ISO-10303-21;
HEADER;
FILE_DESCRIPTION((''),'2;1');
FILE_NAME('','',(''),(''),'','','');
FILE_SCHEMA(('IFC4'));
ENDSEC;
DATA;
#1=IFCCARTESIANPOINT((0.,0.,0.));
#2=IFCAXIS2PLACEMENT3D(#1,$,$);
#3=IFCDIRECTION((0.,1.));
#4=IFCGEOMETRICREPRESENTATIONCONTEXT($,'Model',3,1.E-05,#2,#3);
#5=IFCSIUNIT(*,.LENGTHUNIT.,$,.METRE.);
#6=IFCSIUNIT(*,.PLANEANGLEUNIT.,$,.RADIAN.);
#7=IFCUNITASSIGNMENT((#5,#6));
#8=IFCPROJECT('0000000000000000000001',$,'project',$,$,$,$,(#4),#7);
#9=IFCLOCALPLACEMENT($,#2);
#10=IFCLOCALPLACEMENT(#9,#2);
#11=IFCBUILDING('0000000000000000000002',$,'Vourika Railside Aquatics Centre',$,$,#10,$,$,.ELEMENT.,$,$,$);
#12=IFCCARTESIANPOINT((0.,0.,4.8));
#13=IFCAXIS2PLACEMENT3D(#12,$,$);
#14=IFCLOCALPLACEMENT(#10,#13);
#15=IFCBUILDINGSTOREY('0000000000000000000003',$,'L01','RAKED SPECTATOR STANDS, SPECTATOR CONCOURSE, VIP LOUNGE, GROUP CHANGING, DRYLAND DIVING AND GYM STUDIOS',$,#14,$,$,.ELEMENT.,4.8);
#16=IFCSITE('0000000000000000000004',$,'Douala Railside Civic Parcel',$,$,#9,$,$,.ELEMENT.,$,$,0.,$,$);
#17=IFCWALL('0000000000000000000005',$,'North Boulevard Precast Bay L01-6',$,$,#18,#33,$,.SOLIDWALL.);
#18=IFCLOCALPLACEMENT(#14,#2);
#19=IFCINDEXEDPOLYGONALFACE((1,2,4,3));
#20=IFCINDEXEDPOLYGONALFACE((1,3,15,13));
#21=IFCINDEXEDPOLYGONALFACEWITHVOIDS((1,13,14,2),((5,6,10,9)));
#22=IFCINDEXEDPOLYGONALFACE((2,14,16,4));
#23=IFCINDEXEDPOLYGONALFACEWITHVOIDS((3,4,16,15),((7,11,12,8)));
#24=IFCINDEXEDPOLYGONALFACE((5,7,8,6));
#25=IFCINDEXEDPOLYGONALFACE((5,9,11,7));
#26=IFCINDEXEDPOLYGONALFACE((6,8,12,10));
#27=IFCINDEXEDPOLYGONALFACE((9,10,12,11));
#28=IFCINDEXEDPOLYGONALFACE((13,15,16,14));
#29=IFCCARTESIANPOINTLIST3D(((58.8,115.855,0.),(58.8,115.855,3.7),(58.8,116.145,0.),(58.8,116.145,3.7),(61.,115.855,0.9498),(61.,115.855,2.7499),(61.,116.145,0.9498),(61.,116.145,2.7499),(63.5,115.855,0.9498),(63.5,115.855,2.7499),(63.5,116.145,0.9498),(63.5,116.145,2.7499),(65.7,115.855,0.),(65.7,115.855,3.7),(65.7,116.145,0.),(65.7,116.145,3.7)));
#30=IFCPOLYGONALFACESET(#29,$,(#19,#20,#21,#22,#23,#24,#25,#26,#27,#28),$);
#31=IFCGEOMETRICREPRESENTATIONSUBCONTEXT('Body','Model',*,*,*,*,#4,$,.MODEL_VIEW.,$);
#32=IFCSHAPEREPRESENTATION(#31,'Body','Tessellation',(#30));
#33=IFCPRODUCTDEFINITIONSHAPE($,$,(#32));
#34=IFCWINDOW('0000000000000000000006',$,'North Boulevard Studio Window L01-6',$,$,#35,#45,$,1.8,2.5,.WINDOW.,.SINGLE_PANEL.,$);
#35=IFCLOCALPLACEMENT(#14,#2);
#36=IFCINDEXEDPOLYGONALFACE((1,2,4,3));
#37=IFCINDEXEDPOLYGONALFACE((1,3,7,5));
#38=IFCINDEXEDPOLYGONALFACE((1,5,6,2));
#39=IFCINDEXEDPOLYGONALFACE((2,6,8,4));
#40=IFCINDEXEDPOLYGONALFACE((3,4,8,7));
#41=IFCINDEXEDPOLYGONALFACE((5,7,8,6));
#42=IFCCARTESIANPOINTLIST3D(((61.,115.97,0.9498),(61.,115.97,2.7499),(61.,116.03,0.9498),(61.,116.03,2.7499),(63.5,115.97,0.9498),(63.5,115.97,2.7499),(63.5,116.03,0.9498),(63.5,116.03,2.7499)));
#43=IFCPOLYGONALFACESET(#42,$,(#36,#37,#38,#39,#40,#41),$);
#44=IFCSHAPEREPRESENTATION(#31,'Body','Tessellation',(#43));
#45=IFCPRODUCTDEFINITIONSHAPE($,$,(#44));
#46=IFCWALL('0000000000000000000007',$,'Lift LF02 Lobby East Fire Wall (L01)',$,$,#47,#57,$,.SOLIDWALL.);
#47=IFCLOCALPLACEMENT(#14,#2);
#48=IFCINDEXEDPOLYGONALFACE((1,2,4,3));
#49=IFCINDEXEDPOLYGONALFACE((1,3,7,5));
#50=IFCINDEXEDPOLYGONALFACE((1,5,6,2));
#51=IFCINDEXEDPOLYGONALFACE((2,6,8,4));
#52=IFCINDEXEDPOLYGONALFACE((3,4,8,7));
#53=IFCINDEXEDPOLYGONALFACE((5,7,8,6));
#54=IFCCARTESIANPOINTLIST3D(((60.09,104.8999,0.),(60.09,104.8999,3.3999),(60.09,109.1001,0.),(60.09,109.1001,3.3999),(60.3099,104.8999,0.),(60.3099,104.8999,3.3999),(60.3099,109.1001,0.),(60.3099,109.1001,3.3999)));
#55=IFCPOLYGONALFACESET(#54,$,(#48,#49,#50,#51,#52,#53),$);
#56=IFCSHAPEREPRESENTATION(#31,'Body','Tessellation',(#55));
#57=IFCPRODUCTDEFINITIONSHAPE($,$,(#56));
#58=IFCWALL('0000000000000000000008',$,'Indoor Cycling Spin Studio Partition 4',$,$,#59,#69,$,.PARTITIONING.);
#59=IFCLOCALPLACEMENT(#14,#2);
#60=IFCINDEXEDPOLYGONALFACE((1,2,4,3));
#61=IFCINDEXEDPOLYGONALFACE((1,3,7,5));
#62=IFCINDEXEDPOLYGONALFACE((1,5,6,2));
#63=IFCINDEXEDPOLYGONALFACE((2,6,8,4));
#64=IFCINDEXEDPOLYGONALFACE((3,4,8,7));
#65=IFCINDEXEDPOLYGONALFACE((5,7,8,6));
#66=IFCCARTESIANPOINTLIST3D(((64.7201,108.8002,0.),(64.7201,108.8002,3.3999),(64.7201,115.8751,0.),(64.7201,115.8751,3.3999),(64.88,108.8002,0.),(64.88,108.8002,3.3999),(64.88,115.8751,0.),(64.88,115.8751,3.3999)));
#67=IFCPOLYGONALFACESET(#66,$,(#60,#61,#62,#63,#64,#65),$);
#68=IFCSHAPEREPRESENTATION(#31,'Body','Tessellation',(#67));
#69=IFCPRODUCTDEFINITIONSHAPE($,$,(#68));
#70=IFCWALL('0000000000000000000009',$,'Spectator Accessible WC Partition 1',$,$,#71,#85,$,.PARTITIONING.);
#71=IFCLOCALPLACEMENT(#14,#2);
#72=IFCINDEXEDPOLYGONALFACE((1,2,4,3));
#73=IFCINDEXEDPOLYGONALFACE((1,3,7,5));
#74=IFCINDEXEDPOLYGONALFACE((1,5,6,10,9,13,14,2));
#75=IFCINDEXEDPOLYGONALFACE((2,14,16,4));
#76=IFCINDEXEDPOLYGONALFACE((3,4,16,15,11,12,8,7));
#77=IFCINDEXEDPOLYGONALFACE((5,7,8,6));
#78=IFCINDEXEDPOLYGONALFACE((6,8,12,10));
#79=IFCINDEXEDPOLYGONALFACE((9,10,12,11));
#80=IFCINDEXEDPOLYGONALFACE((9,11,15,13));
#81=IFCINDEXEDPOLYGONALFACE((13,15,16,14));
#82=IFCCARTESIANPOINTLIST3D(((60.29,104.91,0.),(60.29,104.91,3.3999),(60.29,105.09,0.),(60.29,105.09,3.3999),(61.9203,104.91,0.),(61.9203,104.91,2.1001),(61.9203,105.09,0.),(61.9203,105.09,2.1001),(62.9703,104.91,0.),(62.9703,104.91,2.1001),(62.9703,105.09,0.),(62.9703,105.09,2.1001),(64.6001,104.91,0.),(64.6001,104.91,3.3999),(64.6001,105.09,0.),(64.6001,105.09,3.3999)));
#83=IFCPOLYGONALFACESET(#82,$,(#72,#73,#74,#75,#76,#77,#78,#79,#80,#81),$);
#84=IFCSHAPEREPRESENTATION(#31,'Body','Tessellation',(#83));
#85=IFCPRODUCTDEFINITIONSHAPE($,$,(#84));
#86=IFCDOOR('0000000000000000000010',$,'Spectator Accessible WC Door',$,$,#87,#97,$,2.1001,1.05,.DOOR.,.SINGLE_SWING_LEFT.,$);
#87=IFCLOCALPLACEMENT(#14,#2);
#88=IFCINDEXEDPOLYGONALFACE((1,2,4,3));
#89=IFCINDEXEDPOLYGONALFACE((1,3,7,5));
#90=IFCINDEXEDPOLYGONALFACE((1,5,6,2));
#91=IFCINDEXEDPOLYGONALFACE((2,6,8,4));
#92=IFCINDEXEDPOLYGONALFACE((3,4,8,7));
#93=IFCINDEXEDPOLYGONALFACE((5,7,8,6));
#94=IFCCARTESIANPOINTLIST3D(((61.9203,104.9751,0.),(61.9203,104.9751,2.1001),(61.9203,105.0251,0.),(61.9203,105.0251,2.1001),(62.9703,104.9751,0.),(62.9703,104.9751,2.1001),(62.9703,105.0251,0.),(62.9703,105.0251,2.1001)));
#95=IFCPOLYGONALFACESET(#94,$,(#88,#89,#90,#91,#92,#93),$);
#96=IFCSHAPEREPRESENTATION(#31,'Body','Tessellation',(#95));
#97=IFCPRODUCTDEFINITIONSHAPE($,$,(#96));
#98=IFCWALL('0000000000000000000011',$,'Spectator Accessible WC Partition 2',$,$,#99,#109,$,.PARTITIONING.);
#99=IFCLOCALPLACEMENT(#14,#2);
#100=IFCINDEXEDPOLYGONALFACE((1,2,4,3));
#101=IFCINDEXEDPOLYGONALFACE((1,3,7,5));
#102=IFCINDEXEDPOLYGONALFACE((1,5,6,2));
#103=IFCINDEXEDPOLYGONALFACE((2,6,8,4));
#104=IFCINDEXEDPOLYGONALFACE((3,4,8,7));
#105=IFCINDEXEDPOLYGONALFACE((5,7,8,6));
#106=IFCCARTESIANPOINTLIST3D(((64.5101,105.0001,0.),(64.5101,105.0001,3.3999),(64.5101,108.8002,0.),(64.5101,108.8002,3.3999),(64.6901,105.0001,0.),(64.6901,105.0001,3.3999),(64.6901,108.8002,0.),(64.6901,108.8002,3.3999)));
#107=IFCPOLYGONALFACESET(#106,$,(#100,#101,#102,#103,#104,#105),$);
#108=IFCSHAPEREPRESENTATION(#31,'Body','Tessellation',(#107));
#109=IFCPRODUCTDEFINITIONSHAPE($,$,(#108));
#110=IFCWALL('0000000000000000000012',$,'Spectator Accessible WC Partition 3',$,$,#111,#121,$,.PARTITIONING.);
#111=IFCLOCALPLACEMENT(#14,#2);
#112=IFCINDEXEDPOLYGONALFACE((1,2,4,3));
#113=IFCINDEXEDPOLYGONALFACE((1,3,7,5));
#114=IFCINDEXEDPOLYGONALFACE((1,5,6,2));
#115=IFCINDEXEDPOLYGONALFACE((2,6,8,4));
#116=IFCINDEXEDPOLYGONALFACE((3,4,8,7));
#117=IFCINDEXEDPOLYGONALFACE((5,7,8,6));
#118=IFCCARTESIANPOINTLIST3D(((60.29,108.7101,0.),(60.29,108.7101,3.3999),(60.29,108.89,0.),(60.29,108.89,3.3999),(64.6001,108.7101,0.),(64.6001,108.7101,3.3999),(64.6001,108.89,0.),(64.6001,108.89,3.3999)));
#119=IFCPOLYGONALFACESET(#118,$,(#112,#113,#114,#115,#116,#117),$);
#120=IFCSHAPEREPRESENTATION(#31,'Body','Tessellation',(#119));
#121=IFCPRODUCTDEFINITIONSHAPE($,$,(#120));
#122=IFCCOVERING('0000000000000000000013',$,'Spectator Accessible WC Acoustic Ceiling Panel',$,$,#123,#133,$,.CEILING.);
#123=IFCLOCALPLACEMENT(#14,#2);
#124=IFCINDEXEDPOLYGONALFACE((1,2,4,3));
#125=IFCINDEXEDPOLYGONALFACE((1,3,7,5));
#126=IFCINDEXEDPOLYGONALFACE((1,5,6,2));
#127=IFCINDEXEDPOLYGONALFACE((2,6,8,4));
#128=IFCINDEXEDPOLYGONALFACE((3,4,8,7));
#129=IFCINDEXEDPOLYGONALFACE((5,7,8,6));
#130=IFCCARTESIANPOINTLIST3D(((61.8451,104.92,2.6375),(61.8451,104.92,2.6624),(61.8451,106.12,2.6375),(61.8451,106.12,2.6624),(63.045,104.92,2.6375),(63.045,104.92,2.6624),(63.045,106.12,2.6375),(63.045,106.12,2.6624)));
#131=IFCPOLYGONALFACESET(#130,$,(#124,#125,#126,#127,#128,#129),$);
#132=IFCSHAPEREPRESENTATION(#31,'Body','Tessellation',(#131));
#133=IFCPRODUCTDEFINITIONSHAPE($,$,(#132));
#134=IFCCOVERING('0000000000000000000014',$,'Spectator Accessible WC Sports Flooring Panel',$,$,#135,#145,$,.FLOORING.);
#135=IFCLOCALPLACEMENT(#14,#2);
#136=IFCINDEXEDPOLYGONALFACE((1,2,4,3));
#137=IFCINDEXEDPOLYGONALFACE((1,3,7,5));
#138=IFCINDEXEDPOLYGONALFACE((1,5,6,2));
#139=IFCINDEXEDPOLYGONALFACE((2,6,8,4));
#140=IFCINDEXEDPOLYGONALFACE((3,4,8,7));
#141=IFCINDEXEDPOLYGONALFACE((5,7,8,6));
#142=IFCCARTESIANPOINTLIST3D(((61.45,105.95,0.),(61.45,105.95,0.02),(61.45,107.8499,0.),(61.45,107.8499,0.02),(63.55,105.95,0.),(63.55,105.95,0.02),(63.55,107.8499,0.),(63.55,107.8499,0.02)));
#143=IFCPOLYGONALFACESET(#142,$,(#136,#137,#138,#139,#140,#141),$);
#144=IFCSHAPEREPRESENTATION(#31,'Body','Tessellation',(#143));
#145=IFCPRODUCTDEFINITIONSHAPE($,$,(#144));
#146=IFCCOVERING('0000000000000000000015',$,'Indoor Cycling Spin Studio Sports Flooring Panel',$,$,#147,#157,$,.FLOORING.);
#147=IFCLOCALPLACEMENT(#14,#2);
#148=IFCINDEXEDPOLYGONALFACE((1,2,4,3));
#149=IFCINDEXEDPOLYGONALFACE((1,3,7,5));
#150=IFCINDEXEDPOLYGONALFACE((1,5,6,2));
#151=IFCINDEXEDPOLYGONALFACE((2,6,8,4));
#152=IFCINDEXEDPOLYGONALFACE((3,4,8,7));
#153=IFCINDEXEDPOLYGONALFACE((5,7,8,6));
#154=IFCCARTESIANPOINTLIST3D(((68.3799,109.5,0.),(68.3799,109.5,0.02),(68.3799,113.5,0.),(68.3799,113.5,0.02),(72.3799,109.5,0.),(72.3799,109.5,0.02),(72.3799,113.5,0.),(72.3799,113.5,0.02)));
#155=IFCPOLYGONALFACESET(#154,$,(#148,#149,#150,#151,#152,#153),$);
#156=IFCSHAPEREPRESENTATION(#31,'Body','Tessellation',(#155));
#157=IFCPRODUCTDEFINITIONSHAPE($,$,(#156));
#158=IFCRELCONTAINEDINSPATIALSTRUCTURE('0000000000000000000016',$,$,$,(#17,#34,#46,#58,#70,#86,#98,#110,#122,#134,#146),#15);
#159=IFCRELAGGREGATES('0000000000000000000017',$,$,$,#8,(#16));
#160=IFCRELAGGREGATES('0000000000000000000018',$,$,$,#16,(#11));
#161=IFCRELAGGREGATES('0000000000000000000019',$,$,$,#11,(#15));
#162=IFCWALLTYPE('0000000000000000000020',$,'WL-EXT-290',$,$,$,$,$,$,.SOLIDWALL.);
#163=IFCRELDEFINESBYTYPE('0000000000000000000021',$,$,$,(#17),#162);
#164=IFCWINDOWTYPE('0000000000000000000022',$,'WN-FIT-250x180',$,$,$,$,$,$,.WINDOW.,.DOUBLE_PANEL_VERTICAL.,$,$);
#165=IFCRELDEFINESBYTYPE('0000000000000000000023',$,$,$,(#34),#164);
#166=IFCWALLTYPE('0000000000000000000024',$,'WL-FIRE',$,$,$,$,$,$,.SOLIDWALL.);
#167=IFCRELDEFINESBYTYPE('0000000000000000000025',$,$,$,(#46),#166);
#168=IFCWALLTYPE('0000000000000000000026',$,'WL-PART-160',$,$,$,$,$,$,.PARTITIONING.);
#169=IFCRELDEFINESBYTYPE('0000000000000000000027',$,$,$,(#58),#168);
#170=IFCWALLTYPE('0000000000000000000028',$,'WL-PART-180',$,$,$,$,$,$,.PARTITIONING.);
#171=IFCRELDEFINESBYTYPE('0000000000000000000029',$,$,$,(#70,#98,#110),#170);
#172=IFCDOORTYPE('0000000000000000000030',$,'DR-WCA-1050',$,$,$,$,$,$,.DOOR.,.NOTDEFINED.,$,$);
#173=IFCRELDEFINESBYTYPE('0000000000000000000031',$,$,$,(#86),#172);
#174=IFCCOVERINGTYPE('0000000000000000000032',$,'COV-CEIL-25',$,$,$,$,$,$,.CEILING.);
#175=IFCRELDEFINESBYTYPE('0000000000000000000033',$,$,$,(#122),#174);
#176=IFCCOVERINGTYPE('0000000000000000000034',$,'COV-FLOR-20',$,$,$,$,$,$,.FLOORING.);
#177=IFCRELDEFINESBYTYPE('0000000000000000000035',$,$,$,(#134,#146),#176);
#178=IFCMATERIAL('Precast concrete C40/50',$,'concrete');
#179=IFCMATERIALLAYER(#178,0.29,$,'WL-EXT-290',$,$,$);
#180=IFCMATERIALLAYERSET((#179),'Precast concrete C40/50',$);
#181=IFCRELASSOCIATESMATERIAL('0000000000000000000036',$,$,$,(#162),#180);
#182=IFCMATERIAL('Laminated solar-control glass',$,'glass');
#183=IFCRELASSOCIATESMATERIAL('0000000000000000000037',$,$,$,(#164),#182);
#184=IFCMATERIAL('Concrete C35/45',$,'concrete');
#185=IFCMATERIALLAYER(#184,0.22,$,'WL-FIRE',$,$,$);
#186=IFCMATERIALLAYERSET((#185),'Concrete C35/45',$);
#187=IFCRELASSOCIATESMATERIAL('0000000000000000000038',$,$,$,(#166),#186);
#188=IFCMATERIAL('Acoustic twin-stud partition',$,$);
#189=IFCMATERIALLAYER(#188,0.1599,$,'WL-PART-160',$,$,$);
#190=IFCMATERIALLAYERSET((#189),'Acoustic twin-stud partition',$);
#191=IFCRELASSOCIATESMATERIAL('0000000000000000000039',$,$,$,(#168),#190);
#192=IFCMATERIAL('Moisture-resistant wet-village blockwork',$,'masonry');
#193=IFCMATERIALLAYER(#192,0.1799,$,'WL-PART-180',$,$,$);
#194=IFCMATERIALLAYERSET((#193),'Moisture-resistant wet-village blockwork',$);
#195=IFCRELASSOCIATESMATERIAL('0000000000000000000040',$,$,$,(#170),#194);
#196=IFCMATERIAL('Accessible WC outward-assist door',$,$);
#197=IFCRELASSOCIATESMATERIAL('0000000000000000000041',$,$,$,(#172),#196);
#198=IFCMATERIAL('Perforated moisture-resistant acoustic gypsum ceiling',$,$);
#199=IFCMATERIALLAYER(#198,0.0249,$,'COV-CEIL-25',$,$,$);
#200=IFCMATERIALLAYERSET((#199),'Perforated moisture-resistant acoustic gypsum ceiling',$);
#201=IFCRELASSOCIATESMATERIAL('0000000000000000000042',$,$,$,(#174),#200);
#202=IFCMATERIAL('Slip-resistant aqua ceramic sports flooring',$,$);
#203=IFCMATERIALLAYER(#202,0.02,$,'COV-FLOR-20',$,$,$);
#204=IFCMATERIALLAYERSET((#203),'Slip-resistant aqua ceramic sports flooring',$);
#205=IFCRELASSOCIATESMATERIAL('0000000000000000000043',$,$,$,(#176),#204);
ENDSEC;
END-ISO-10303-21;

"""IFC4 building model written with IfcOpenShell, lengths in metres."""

from ifc_helpers import new_model, si_unit, direction, frame, frame_2d, origin, origin_2d, place, context, subcontext, project, spatial, rectangle, extrude, material, layer, layer_set, type_object, element, fill, save


model = new_model("IFC4")

# Units and contexts
model_context = context("Model", 3, precision=1e-05, world=origin(), true_north=direction((0.0, 1.0)))
body_context = subcontext(model_context, "Body", "Model", "MODEL_VIEW")
ifc_project = project(units=[si_unit("LENGTHUNIT", "METRE"), si_unit("PLANEANGLEUNIT", "RADIAN")], contexts=[model_context])

# Site, building, storey
site_placement = place(None, origin())
site = spatial("IfcSite", under=ifc_project, at=site_placement, Name="Douala Railside Civic Parcel", CompositionType="ELEMENT", RefElevation=0.0)
building_placement = place(site_placement, origin())
building = spatial("IfcBuilding", under=site, at=building_placement, Name="Vourika Railside Aquatics Centre", CompositionType="ELEMENT")
storey_placement = place(building_placement, frame((0.0, 0.0, 4.8)))
storey = spatial("IfcBuildingStorey", under=building, at=storey_placement, Name="L01", Description="RAKED SPECTATOR STANDS, SPECTATOR CONCOURSE, VIP LOUNGE, GROUP CHANGING, DRYLAND DIVING AND GYM STUDIOS", CompositionType="ELEMENT", Elevation=4.8)

# Shared definitions
ifc_material_1 = material(Name="Concrete C35/45", Category="concrete")

# Wall, opening, window
ifc_material_2 = material(Name="Precast concrete C40/50", Category="concrete")
ifc_layer_1 = layer(ifc_material_2, 0.29, Name="WL-EXT-290")
ifc_layer_set_1 = layer_set([ifc_layer_1], Name="Precast concrete C40/50")
wall_type_1 = type_object("IfcWallType", Name="WL-EXT-290", PredefinedType="SOLIDWALL", material=ifc_layer_set_1)
wall_1_placement = place(storey_placement, frame((65.7, 116.0, 0.0), z_axis=(0.0, 0.0, 1.0), x_axis=(-1.0, 0.0, 0.0)))
wall_1 = element("IfcWall", 1, at=wall_1_placement, inside=storey, type_object=wall_type_1, Name="North Boulevard Precast Bay L01-6", PredefinedType="SOLIDWALL", context=body_context, shape_type="SweptSolid", body=[
    extrude(rectangle(XDim=6.8999, YDim=0.29, at=frame_2d((3.45, 0.0))), origin(), (0.0, 0.0, 1.0), 3.7),
])
opening_1_placement = place(wall_1_placement, frame((2.2, 0.0, 0.95)))
opening_1 = element("IfcOpeningElement", 2, at=opening_1_placement, cuts=wall_1, PredefinedType="OPENING", context=body_context, shape_type="SweptSolid", body=[
    extrude(rectangle(XDim=2.5, YDim=1.8, at=frame_2d((1.25, 0.8999))), frame((0.0, 0.155, 0.0), z_axis=(0.0, -1.0, 0.0), x_axis=(1.0, 0.0, 0.0)), (0.0, 0.0, 1.0), 0.3101),
])
ifc_material_3 = material(Name="Laminated solar-control glass", Category="glass")
window_type = type_object("IfcWindowType", Name="WN-FIT-250x180", PartitioningType="DOUBLE_PANEL_VERTICAL", PredefinedType="WINDOW", material=ifc_material_3)
window_placement = place(opening_1_placement, origin())
window = element("IfcWindow", 3, at=window_placement, inside=storey, type_object=window_type, Name="North Boulevard Studio Window L01-6", OverallHeight=1.8, OverallWidth=2.5, PartitioningType="SINGLE_PANEL", PredefinedType="WINDOW", context=body_context, shape_type="SweptSolid", body=[
    extrude(rectangle(XDim=2.5, YDim=1.8, at=frame_2d((1.25, 0.8999))), frame((0.0, 0.03, 0.0), z_axis=(0.0, -1.0, 0.0), x_axis=(1.0, 0.0, 0.0)), (0.0, 0.0, 1.0), 0.0601),
])
fill(opening_1, window)

# Walls
ifc_layer_2 = layer(ifc_material_1, 0.22, Name="WL-FIRE")
ifc_layer_set_2 = layer_set([ifc_layer_2], Name="Concrete C35/45")
wall_type_2 = type_object("IfcWallType", Name="WL-FIRE", PredefinedType="SOLIDWALL", material=ifc_layer_set_2)
wall_2_placement = place(storey_placement, frame((60.2, 104.8999, 0.0), z_axis=(0.0, 0.0, 1.0), x_axis=(0.0, 1.0, 0.0)))
element("IfcWall", 4, at=wall_2_placement, inside=storey, type_object=wall_type_2, Name="Lift LF02 Lobby East Fire Wall (L01)", PredefinedType="SOLIDWALL", context=body_context, shape_type="SweptSolid", body=[
    extrude(rectangle(XDim=4.2002, YDim=0.22, at=frame_2d((2.1001, 0.0))), origin(), (0.0, 0.0, 1.0), 3.3999),
])
ifc_material_4 = material(Name="Acoustic twin-stud partition")
ifc_layer_3 = layer(ifc_material_4, 0.1599, Name="WL-PART-160")
ifc_layer_set_3 = layer_set([ifc_layer_3], Name="Acoustic twin-stud partition")
wall_type_3 = type_object("IfcWallType", Name="WL-PART-160", PredefinedType="PARTITIONING", material=ifc_layer_set_3)
wall_3_placement = place(storey_placement, frame((64.8, 108.8, 0.0), z_axis=(0.0, 0.0, 1.0), x_axis=(0.0, 1.0, 0.0)))
element("IfcWall", 5, at=wall_3_placement, inside=storey, type_object=wall_type_3, Name="Indoor Cycling Spin Studio Partition 4", PredefinedType="PARTITIONING", context=body_context, shape_type="SweptSolid", body=[
    extrude(rectangle(XDim=7.075, YDim=0.1599, at=frame_2d((3.5376, 0.0))), origin(), (0.0, 0.0, 1.0), 3.3999),
])

# Wall, opening, door
ifc_material_5 = material(Name="Moisture-resistant wet-village blockwork", Category="masonry")
ifc_layer_4 = layer(ifc_material_5, 0.1799, Name="WL-PART-180")
ifc_layer_set_4 = layer_set([ifc_layer_4], Name="Moisture-resistant wet-village blockwork")
wall_type_4 = type_object("IfcWallType", Name="WL-PART-180", PredefinedType="PARTITIONING", material=ifc_layer_set_4)
wall_4_placement = place(storey_placement, frame((64.6001, 105.0, 0.0), z_axis=(0.0, 0.0, 1.0), x_axis=(-1.0, 0.0, 0.0)))
wall_4 = element("IfcWall", 6, at=wall_4_placement, inside=storey, type_object=wall_type_4, Name="Spectator Accessible WC Partition 1", PredefinedType="PARTITIONING", context=body_context, shape_type="SweptSolid", body=[
    extrude(rectangle(XDim=4.3101, YDim=0.1799, at=frame_2d((2.155, 0.0))), origin(), (0.0, 0.0, 1.0), 3.3999),
])
opening_2_placement = place(wall_4_placement, frame((1.6299, 0.0, 0.0)))
opening_2 = element("IfcOpeningElement", 7, at=opening_2_placement, cuts=wall_4, PredefinedType="OPENING", context=body_context, shape_type="SweptSolid", body=[
    extrude(rectangle(XDim=1.05, YDim=2.1001, at=frame_2d((0.5249, 1.05))), frame((0.0, 0.1001, 0.0), z_axis=(0.0, -1.0, 0.0), x_axis=(1.0, 0.0, 0.0)), (0.0, 0.0, 1.0), 0.2),
])
ifc_material_6 = material(Name="Accessible WC outward-assist door")
door_type = type_object("IfcDoorType", Name="DR-WCA-1050", OperationType="NOTDEFINED", PredefinedType="DOOR", material=ifc_material_6)
door_placement = place(opening_2_placement, origin())
door = element("IfcDoor", 8, at=door_placement, inside=storey, type_object=door_type, Name="Spectator Accessible WC Door", OperationType="SINGLE_SWING_LEFT", OverallHeight=2.1001, OverallWidth=1.05, PredefinedType="DOOR", context=body_context, shape_type="SweptSolid", body=[
    extrude(rectangle(XDim=1.05, YDim=2.1001, at=frame_2d((0.5249, 1.05))), frame((0.0, 0.0249, 0.0), z_axis=(0.0, -1.0, 0.0), x_axis=(1.0, 0.0, 0.0)), (0.0, 0.0, 1.0), 0.05),
])
fill(opening_2, door)

# Walls
wall_5_placement = place(storey_placement, frame((64.6001, 108.8, 0.0), z_axis=(0.0, 0.0, 1.0), x_axis=(0.0, -1.0, 0.0)))
element("IfcWall", 9, at=wall_5_placement, inside=storey, type_object=wall_type_4, Name="Spectator Accessible WC Partition 2", PredefinedType="PARTITIONING", context=body_context, shape_type="SweptSolid", body=[
    extrude(rectangle(XDim=3.8, YDim=0.1799, at=frame_2d((1.8999, 0.0))), origin(), (0.0, 0.0, 1.0), 3.3999),
])
wall_6_placement = place(storey_placement, frame((60.29, 108.8, 0.0), z_axis=(0.0, 0.0, 1.0), x_axis=(1.0, 0.0, 0.0)))
element("IfcWall", 10, at=wall_6_placement, inside=storey, type_object=wall_type_4, Name="Spectator Accessible WC Partition 3", PredefinedType="PARTITIONING", context=body_context, shape_type="SweptSolid", body=[
    extrude(rectangle(XDim=4.3101, YDim=0.1799, at=frame_2d((2.155, 0.0))), origin(), (0.0, 0.0, 1.0), 3.3999),
])

# Coverings
ifc_material_7 = material(Name="Perforated moisture-resistant acoustic gypsum ceiling")
ifc_layer_5 = layer(ifc_material_7, 0.0249, Name="COV-CEIL-25")
ifc_layer_set_5 = layer_set([ifc_layer_5], Name="Perforated moisture-resistant acoustic gypsum ceiling")
covering_type_1 = type_object("IfcCoveringType", Name="COV-CEIL-25", PredefinedType="CEILING", material=ifc_layer_set_5)
covering_1_placement = place(storey_placement, frame((62.4451, 105.52, 2.6375), z_axis=(0.0, 0.0, 1.0), x_axis=(1.0, 0.0, 0.0)))
element("IfcCovering", 11, at=covering_1_placement, inside=storey, type_object=covering_type_1, Name="Spectator Accessible WC Acoustic Ceiling Panel", PredefinedType="CEILING", context=body_context, shape_type="SweptSolid", body=[
    extrude(rectangle(XDim=1.2, YDim=1.2, at=origin_2d()), origin(), (0.0, 0.0, 1.0), 0.0249),
])
ifc_material_8 = material(Name="Slip-resistant aqua ceramic sports flooring")
ifc_layer_6 = layer(ifc_material_8, 0.02, Name="COV-FLOR-20")
ifc_layer_set_6 = layer_set([ifc_layer_6], Name="Slip-resistant aqua ceramic sports flooring")
covering_type_2 = type_object("IfcCoveringType", Name="COV-FLOR-20", PredefinedType="FLOORING", material=ifc_layer_set_6)
covering_2_placement = place(storey_placement, frame((62.5, 106.8999, 0.0), z_axis=(0.0, 0.0, 1.0), x_axis=(1.0, 0.0, 0.0)))
element("IfcCovering", 12, at=covering_2_placement, inside=storey, type_object=covering_type_2, Name="Spectator Accessible WC Sports Flooring Panel", PredefinedType="FLOORING", context=body_context, shape_type="SweptSolid", body=[
    extrude(rectangle(XDim=2.1001, YDim=1.8999, at=origin_2d()), origin(), (0.0, 0.0, 1.0), 0.02),
])
covering_3_placement = place(storey_placement, frame((70.3799, 111.5, 0.0), z_axis=(0.0, 0.0, 1.0), x_axis=(1.0, 0.0, 0.0)))
element("IfcCovering", 13, at=covering_3_placement, inside=storey, type_object=covering_type_2, Name="Indoor Cycling Spin Studio Sports Flooring Panel", PredefinedType="FLOORING", context=body_context, shape_type="SweptSolid", body=[
    extrude(rectangle(XDim=4.0, YDim=4.0, at=origin_2d()), origin(), (0.0, 0.0, 1.0), 0.02),
])

save(model, "model.ifc")
